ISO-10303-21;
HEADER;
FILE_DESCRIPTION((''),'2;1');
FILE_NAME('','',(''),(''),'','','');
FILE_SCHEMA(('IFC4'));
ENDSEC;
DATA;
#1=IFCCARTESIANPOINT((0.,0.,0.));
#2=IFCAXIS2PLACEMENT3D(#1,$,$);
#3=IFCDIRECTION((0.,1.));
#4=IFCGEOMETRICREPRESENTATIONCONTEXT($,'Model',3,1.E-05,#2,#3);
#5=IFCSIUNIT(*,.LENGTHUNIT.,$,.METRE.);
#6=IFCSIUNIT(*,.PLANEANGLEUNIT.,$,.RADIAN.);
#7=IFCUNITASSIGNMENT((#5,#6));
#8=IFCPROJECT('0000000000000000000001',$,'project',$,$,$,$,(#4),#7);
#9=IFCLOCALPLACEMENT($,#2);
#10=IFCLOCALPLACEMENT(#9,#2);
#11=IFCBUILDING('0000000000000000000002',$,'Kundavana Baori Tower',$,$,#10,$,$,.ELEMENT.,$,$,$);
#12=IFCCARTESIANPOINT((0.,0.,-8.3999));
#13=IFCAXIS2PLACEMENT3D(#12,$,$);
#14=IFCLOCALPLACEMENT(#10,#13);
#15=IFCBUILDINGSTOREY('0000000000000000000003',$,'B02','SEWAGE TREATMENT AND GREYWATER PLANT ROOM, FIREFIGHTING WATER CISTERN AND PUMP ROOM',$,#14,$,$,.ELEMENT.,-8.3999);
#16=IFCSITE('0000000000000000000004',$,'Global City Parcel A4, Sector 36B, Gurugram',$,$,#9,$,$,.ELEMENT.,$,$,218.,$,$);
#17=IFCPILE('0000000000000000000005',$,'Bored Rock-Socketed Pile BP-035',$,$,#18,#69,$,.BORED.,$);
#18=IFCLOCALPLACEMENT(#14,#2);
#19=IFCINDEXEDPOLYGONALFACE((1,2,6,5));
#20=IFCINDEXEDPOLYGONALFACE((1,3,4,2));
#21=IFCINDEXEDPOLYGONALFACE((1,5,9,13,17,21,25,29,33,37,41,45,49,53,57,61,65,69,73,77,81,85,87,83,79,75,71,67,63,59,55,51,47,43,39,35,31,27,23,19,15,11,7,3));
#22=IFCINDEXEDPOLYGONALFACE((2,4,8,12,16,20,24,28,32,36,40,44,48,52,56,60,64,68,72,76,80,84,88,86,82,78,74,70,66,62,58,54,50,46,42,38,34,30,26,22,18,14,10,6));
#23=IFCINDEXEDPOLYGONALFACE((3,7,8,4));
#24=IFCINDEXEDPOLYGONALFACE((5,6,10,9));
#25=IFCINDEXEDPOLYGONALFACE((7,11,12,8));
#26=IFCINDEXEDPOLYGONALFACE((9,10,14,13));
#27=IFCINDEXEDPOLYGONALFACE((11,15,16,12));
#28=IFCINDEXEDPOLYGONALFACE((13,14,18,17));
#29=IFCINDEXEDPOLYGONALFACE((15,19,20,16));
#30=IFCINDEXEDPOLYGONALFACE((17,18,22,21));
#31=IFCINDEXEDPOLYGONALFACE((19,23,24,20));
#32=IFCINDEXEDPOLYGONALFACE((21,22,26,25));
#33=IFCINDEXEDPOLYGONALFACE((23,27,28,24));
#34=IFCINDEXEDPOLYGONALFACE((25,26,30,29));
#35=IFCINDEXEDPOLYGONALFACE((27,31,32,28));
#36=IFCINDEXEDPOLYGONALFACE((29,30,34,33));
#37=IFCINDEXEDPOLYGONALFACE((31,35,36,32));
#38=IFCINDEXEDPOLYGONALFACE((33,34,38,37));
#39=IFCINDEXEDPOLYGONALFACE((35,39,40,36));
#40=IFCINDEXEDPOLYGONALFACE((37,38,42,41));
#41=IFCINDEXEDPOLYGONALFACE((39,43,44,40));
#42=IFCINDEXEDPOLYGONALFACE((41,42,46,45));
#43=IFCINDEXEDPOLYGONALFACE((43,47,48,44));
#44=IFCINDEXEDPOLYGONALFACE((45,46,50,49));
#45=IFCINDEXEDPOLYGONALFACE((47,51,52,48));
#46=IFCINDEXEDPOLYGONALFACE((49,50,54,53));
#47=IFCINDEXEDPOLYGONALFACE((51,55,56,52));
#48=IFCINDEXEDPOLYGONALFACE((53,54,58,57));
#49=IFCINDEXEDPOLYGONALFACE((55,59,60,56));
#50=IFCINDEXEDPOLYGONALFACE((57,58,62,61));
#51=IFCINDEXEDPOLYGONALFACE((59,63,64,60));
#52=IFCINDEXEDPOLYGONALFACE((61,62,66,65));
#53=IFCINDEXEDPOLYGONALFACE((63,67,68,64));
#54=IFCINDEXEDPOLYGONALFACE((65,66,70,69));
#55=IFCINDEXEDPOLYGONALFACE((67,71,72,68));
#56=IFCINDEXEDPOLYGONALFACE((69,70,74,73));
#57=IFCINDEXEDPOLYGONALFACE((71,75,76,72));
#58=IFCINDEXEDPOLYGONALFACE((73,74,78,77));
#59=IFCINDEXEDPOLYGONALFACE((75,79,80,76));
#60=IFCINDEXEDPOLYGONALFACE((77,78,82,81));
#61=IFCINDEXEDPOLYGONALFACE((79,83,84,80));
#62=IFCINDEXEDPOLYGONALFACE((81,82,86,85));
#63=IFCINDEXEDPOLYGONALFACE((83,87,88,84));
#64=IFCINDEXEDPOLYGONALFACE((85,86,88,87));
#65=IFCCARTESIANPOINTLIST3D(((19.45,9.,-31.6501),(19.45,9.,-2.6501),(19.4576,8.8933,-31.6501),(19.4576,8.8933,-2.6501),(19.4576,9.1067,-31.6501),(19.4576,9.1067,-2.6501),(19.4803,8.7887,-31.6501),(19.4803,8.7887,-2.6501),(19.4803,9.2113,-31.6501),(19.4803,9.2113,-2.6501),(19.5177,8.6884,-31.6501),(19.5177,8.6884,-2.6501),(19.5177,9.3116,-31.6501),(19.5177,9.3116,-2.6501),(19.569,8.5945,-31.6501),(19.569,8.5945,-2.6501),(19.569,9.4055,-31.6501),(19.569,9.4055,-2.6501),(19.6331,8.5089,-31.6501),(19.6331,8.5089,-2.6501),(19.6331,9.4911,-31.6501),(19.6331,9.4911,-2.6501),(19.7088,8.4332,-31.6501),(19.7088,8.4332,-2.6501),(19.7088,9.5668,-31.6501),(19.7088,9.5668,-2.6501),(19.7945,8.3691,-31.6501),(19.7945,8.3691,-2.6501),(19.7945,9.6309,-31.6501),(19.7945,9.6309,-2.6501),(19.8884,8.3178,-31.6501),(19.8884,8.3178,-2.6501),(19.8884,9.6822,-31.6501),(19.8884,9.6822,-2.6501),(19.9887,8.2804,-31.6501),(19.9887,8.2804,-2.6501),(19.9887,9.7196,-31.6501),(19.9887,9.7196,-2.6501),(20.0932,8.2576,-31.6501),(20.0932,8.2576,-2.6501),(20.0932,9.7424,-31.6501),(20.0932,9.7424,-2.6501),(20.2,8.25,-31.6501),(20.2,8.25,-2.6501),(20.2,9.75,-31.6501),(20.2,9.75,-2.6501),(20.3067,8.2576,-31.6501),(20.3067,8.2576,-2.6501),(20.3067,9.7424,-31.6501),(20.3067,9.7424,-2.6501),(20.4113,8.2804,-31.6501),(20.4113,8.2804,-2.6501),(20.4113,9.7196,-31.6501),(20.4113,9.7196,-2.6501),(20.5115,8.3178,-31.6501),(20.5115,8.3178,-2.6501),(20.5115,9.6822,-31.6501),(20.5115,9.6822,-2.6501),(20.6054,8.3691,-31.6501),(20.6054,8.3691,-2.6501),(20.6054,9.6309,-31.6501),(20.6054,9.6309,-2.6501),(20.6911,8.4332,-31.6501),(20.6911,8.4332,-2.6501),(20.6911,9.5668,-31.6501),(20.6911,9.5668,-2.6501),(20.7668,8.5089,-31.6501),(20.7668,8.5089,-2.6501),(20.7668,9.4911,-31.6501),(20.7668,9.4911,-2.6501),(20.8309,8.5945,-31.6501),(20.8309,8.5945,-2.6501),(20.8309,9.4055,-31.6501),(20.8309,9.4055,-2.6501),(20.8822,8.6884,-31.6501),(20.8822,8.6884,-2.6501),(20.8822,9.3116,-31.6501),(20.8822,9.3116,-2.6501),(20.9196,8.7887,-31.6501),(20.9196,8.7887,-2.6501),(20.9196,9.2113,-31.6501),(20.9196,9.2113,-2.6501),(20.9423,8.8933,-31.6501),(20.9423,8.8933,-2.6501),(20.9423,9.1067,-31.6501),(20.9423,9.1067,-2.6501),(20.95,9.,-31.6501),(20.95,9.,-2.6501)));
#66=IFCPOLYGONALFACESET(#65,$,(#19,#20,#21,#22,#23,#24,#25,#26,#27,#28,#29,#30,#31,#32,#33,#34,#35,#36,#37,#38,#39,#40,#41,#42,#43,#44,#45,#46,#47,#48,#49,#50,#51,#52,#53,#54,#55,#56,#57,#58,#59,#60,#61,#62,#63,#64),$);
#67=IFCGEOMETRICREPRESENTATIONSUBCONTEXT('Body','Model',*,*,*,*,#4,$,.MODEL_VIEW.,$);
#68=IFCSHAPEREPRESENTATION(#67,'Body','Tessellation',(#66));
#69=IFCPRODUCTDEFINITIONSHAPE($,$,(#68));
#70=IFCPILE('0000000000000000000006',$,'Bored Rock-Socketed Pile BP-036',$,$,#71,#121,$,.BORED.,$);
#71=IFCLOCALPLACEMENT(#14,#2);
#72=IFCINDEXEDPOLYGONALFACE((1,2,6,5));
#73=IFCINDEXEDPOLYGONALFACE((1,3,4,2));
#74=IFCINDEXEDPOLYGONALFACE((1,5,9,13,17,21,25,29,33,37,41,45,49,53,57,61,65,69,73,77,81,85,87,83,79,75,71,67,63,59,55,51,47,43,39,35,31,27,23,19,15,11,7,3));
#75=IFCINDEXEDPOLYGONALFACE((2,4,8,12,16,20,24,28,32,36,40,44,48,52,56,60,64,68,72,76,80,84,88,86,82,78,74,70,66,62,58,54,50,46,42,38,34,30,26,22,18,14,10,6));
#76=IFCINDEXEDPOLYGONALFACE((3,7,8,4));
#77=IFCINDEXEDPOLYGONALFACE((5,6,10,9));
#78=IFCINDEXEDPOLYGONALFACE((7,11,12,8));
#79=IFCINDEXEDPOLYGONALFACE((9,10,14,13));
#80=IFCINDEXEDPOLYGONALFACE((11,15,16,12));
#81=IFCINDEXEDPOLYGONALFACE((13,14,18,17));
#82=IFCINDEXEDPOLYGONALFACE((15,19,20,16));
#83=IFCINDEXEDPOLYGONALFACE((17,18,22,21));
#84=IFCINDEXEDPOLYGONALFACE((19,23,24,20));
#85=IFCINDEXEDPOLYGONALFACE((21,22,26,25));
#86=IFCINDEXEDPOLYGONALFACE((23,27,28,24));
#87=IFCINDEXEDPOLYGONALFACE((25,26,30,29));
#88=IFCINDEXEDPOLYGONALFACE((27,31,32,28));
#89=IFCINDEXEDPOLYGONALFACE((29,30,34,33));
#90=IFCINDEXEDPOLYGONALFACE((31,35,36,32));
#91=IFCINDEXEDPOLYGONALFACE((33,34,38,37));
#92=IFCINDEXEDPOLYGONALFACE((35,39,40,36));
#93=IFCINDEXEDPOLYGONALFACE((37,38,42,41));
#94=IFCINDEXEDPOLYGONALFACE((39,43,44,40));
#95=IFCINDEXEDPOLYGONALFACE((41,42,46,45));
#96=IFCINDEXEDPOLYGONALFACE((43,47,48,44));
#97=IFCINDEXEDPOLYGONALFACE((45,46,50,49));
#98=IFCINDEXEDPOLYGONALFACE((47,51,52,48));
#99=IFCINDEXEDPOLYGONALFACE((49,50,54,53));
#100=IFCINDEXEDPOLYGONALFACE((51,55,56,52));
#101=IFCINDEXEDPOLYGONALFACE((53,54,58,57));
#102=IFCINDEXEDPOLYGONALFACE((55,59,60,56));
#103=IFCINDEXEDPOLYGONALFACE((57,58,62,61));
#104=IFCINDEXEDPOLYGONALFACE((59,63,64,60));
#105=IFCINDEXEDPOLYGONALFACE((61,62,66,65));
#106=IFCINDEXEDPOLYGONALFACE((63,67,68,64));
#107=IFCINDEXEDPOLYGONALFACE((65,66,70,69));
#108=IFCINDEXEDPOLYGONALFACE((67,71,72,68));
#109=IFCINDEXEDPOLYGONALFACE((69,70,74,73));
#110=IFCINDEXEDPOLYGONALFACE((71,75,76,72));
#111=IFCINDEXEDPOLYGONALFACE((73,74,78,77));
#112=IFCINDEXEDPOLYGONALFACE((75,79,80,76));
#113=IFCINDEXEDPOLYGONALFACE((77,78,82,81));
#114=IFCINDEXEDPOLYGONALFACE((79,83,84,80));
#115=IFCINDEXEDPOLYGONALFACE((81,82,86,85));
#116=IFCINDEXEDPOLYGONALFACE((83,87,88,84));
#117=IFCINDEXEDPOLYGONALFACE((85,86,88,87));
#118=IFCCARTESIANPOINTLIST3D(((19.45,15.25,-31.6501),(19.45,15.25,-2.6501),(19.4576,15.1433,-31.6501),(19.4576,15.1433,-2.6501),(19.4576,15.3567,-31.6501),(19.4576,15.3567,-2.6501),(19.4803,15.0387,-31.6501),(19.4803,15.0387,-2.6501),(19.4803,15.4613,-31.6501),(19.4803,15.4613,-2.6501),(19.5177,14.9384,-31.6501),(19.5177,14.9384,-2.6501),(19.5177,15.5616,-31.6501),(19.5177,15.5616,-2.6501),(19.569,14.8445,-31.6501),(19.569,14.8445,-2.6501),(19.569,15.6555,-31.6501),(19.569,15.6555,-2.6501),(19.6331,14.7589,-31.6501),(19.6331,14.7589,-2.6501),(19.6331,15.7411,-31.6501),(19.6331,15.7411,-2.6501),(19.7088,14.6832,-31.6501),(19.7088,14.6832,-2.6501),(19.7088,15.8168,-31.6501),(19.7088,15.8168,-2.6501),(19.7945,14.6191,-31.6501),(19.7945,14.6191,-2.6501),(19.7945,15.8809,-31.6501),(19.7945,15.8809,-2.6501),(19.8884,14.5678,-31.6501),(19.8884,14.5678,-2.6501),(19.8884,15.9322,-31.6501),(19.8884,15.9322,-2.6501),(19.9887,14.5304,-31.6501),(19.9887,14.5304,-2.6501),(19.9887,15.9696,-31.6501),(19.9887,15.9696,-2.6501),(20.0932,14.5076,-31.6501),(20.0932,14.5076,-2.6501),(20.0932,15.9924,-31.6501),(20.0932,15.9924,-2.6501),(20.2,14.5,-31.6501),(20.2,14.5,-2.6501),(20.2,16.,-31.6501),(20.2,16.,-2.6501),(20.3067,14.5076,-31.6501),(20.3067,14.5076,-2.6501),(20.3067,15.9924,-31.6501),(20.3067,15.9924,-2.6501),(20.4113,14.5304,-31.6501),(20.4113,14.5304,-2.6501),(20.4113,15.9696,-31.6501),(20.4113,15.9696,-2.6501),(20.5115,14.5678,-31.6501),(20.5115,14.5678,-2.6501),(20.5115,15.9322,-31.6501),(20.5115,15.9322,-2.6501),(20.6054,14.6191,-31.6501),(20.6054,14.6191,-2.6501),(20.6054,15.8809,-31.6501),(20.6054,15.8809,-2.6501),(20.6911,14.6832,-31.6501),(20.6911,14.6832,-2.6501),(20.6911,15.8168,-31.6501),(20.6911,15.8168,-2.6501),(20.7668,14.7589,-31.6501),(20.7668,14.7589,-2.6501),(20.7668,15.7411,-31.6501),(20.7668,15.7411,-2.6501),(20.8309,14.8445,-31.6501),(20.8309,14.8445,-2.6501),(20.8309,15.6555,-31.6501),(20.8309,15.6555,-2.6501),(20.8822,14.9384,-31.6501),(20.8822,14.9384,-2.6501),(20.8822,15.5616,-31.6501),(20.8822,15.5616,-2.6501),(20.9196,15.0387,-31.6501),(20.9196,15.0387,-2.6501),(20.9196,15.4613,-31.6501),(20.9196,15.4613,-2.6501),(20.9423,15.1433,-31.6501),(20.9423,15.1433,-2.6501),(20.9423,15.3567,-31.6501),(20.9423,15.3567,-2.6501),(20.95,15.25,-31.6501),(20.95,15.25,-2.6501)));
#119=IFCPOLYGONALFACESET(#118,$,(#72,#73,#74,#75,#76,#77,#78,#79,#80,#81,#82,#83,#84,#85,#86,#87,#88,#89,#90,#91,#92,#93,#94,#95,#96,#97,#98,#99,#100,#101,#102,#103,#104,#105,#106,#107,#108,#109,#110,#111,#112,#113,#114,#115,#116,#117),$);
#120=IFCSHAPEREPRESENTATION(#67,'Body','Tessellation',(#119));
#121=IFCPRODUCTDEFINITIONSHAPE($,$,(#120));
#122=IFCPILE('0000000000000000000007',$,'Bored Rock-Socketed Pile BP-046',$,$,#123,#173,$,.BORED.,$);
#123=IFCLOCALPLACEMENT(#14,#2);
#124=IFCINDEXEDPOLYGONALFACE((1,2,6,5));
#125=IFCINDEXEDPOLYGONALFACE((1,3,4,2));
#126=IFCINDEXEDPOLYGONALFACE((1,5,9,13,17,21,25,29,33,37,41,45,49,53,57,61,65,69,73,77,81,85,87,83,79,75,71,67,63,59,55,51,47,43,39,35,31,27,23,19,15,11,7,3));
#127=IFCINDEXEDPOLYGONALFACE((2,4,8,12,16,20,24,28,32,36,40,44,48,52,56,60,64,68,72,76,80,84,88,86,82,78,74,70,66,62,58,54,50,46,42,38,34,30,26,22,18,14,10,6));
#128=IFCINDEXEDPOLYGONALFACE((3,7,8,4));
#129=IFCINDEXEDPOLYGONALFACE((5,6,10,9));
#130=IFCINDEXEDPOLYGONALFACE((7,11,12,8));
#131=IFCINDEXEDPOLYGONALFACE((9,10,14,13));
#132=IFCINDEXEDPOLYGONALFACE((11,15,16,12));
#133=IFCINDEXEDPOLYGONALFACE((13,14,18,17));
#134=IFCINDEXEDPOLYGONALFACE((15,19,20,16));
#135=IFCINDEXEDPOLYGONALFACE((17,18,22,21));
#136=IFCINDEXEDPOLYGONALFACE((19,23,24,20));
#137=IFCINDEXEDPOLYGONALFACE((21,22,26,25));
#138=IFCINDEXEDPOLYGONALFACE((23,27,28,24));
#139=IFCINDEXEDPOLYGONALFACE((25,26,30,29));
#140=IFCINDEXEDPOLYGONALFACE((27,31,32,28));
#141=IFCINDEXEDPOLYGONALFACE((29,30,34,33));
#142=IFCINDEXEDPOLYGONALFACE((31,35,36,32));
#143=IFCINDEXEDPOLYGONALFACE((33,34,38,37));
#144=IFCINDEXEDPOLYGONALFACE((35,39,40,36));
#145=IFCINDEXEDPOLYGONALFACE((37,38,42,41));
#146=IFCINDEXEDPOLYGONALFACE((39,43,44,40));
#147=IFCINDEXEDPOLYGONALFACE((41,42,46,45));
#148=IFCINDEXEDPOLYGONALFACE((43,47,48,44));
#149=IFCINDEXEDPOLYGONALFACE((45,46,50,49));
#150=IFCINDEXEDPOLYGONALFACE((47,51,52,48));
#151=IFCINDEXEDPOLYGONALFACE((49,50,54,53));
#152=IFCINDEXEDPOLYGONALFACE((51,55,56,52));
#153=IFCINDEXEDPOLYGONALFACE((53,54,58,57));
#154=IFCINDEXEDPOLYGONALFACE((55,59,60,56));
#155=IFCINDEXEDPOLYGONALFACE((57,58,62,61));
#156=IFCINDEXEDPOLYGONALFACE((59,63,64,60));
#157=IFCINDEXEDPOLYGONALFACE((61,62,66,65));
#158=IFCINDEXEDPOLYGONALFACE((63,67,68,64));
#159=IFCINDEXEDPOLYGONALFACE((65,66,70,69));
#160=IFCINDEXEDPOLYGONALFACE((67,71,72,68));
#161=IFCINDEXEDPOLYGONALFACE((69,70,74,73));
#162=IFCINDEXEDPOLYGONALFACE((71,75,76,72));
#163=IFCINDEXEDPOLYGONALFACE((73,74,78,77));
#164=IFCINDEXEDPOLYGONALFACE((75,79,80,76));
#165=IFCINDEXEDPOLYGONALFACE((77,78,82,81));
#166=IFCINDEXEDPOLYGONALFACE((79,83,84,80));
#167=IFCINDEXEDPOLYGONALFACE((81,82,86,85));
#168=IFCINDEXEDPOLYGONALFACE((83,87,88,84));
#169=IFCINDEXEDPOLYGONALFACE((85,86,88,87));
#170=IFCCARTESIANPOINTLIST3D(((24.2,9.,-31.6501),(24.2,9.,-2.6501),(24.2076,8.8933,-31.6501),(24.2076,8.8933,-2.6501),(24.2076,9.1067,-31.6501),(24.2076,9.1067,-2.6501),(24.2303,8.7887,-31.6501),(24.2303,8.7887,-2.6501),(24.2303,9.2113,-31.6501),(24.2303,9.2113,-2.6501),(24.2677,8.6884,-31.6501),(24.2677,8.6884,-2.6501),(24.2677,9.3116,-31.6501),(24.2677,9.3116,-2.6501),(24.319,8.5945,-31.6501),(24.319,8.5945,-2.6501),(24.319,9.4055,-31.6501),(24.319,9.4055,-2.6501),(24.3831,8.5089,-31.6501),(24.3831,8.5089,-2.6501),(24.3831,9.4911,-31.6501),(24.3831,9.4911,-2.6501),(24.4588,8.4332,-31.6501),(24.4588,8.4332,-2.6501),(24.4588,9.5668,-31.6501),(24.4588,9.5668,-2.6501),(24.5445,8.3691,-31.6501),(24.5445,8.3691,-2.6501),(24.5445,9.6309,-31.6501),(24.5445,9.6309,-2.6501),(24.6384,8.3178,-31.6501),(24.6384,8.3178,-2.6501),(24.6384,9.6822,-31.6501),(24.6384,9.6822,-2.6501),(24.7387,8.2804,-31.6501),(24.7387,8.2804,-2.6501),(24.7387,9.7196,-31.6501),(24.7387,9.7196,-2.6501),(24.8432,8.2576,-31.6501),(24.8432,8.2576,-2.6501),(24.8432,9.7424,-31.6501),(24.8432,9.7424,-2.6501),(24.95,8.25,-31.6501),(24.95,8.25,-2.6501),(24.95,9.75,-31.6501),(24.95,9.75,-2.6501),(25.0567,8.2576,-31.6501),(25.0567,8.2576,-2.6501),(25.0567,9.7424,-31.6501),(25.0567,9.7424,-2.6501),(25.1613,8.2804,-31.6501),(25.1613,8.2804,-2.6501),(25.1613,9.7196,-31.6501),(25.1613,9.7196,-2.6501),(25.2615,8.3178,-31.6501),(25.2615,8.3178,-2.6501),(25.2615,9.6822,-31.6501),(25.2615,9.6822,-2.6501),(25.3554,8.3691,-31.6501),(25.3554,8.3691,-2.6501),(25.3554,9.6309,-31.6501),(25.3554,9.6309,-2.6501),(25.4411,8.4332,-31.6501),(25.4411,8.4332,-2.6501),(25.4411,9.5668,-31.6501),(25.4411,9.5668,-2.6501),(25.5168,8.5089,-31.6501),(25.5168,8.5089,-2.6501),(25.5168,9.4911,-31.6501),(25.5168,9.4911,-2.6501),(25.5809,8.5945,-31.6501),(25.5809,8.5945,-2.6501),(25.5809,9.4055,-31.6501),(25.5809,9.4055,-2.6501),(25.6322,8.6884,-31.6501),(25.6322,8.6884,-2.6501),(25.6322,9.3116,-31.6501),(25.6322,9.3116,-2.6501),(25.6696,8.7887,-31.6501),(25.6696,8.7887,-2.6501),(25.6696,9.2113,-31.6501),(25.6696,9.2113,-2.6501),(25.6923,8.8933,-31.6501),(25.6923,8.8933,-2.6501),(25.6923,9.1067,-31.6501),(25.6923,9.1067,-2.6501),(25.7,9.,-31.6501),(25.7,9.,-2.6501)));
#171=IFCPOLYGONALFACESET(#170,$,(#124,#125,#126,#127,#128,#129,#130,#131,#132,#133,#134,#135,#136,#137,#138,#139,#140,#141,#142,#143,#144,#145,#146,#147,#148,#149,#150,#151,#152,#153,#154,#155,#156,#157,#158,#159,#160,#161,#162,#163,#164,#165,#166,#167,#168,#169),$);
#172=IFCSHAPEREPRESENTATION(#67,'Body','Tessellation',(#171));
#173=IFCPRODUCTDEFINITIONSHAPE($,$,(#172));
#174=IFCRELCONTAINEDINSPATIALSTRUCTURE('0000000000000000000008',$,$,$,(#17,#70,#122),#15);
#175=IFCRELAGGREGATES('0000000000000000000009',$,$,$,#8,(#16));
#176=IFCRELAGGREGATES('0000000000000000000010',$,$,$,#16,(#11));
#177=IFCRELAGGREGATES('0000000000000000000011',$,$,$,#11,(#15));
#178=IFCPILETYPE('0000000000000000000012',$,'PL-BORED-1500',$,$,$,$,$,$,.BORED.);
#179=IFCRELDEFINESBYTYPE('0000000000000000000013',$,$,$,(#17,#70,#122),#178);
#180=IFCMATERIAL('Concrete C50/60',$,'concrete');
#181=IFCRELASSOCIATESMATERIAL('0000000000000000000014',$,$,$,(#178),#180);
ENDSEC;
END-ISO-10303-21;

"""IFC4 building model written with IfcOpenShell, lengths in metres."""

from ifc_helpers import new_model, si_unit, direction, frame, origin, origin_2d, place, context, subcontext, project, spatial, circle, extrude, material, material_profile, profile_set, type_object, element, save


model = new_model("IFC4")

# Units and contexts
model_context = context("Model", 3, precision=1e-05, world=origin(), true_north=direction((0.0, 1.0)))
body_context = subcontext(model_context, "Body", "Model", "MODEL_VIEW")
ifc_project = project(units=[si_unit("LENGTHUNIT", "METRE"), si_unit("PLANEANGLEUNIT", "RADIAN")], contexts=[model_context])

# Site, building, storey
site_placement = place(None, origin())
site = spatial("IfcSite", under=ifc_project, at=site_placement, Name="Global City Parcel A4, Sector 36B, Gurugram", CompositionType="ELEMENT", RefElevation=218.0)
building_placement = place(site_placement, origin())
building = spatial("IfcBuilding", under=site, at=building_placement, Name="Kundavana Baori Tower", CompositionType="ELEMENT")
storey_placement = place(building_placement, frame((0.0, 0.0, -8.3999)))
storey = spatial("IfcBuildingStorey", under=building, at=storey_placement, Name="B02", Description="SEWAGE TREATMENT AND GREYWATER PLANT ROOM, FIREFIGHTING WATER CISTERN AND PUMP ROOM", CompositionType="ELEMENT", Elevation=-8.3999)

# Piles
ifc_material_1 = material(Name="Concrete C50/60", Category="concrete")
ifc_material_profile_1 = material_profile(ifc_material_1, circle(Radius=0.75, at=origin_2d()), Name="BORED PILE D1500")
ifc_profile_set_1 = profile_set([ifc_material_profile_1], Name="Concrete C50/60")
pile_type_1 = type_object("IfcPileType", Name="PL-BORED-1500", PredefinedType="BORED", material=ifc_profile_set_1)
for number, where, z_axis, x_axis, name in (
    (1, (20.2, 9.0, -2.6501), (0.0, 0.0, -1.0), (1.0, 0.0, 0.0), "Bored Rock-Socketed Pile BP-035"),
    (2, (20.2, 15.25, -2.6501), (0.0, 0.0, -1.0), (1.0, 0.0, 0.0), "Bored Rock-Socketed Pile BP-036"),
    (3, (24.95, 9.0, -2.6501), (0.0, 0.0, -1.0), (1.0, 0.0, 0.0), "Bored Rock-Socketed Pile BP-046"),
):
    element("IfcPile", number, at=place(storey_placement, frame(where, z_axis=z_axis, x_axis=x_axis)), inside=storey, type_object=pile_type_1, Name=name, PredefinedType="BORED", context=body_context, shape_type="SweptSolid", body=[
        extrude(circle(Radius=0.75, at=origin_2d()), origin(), (0.0, 0.0, 1.0), 29.0),
    ])

save(model, "model.ifc")
